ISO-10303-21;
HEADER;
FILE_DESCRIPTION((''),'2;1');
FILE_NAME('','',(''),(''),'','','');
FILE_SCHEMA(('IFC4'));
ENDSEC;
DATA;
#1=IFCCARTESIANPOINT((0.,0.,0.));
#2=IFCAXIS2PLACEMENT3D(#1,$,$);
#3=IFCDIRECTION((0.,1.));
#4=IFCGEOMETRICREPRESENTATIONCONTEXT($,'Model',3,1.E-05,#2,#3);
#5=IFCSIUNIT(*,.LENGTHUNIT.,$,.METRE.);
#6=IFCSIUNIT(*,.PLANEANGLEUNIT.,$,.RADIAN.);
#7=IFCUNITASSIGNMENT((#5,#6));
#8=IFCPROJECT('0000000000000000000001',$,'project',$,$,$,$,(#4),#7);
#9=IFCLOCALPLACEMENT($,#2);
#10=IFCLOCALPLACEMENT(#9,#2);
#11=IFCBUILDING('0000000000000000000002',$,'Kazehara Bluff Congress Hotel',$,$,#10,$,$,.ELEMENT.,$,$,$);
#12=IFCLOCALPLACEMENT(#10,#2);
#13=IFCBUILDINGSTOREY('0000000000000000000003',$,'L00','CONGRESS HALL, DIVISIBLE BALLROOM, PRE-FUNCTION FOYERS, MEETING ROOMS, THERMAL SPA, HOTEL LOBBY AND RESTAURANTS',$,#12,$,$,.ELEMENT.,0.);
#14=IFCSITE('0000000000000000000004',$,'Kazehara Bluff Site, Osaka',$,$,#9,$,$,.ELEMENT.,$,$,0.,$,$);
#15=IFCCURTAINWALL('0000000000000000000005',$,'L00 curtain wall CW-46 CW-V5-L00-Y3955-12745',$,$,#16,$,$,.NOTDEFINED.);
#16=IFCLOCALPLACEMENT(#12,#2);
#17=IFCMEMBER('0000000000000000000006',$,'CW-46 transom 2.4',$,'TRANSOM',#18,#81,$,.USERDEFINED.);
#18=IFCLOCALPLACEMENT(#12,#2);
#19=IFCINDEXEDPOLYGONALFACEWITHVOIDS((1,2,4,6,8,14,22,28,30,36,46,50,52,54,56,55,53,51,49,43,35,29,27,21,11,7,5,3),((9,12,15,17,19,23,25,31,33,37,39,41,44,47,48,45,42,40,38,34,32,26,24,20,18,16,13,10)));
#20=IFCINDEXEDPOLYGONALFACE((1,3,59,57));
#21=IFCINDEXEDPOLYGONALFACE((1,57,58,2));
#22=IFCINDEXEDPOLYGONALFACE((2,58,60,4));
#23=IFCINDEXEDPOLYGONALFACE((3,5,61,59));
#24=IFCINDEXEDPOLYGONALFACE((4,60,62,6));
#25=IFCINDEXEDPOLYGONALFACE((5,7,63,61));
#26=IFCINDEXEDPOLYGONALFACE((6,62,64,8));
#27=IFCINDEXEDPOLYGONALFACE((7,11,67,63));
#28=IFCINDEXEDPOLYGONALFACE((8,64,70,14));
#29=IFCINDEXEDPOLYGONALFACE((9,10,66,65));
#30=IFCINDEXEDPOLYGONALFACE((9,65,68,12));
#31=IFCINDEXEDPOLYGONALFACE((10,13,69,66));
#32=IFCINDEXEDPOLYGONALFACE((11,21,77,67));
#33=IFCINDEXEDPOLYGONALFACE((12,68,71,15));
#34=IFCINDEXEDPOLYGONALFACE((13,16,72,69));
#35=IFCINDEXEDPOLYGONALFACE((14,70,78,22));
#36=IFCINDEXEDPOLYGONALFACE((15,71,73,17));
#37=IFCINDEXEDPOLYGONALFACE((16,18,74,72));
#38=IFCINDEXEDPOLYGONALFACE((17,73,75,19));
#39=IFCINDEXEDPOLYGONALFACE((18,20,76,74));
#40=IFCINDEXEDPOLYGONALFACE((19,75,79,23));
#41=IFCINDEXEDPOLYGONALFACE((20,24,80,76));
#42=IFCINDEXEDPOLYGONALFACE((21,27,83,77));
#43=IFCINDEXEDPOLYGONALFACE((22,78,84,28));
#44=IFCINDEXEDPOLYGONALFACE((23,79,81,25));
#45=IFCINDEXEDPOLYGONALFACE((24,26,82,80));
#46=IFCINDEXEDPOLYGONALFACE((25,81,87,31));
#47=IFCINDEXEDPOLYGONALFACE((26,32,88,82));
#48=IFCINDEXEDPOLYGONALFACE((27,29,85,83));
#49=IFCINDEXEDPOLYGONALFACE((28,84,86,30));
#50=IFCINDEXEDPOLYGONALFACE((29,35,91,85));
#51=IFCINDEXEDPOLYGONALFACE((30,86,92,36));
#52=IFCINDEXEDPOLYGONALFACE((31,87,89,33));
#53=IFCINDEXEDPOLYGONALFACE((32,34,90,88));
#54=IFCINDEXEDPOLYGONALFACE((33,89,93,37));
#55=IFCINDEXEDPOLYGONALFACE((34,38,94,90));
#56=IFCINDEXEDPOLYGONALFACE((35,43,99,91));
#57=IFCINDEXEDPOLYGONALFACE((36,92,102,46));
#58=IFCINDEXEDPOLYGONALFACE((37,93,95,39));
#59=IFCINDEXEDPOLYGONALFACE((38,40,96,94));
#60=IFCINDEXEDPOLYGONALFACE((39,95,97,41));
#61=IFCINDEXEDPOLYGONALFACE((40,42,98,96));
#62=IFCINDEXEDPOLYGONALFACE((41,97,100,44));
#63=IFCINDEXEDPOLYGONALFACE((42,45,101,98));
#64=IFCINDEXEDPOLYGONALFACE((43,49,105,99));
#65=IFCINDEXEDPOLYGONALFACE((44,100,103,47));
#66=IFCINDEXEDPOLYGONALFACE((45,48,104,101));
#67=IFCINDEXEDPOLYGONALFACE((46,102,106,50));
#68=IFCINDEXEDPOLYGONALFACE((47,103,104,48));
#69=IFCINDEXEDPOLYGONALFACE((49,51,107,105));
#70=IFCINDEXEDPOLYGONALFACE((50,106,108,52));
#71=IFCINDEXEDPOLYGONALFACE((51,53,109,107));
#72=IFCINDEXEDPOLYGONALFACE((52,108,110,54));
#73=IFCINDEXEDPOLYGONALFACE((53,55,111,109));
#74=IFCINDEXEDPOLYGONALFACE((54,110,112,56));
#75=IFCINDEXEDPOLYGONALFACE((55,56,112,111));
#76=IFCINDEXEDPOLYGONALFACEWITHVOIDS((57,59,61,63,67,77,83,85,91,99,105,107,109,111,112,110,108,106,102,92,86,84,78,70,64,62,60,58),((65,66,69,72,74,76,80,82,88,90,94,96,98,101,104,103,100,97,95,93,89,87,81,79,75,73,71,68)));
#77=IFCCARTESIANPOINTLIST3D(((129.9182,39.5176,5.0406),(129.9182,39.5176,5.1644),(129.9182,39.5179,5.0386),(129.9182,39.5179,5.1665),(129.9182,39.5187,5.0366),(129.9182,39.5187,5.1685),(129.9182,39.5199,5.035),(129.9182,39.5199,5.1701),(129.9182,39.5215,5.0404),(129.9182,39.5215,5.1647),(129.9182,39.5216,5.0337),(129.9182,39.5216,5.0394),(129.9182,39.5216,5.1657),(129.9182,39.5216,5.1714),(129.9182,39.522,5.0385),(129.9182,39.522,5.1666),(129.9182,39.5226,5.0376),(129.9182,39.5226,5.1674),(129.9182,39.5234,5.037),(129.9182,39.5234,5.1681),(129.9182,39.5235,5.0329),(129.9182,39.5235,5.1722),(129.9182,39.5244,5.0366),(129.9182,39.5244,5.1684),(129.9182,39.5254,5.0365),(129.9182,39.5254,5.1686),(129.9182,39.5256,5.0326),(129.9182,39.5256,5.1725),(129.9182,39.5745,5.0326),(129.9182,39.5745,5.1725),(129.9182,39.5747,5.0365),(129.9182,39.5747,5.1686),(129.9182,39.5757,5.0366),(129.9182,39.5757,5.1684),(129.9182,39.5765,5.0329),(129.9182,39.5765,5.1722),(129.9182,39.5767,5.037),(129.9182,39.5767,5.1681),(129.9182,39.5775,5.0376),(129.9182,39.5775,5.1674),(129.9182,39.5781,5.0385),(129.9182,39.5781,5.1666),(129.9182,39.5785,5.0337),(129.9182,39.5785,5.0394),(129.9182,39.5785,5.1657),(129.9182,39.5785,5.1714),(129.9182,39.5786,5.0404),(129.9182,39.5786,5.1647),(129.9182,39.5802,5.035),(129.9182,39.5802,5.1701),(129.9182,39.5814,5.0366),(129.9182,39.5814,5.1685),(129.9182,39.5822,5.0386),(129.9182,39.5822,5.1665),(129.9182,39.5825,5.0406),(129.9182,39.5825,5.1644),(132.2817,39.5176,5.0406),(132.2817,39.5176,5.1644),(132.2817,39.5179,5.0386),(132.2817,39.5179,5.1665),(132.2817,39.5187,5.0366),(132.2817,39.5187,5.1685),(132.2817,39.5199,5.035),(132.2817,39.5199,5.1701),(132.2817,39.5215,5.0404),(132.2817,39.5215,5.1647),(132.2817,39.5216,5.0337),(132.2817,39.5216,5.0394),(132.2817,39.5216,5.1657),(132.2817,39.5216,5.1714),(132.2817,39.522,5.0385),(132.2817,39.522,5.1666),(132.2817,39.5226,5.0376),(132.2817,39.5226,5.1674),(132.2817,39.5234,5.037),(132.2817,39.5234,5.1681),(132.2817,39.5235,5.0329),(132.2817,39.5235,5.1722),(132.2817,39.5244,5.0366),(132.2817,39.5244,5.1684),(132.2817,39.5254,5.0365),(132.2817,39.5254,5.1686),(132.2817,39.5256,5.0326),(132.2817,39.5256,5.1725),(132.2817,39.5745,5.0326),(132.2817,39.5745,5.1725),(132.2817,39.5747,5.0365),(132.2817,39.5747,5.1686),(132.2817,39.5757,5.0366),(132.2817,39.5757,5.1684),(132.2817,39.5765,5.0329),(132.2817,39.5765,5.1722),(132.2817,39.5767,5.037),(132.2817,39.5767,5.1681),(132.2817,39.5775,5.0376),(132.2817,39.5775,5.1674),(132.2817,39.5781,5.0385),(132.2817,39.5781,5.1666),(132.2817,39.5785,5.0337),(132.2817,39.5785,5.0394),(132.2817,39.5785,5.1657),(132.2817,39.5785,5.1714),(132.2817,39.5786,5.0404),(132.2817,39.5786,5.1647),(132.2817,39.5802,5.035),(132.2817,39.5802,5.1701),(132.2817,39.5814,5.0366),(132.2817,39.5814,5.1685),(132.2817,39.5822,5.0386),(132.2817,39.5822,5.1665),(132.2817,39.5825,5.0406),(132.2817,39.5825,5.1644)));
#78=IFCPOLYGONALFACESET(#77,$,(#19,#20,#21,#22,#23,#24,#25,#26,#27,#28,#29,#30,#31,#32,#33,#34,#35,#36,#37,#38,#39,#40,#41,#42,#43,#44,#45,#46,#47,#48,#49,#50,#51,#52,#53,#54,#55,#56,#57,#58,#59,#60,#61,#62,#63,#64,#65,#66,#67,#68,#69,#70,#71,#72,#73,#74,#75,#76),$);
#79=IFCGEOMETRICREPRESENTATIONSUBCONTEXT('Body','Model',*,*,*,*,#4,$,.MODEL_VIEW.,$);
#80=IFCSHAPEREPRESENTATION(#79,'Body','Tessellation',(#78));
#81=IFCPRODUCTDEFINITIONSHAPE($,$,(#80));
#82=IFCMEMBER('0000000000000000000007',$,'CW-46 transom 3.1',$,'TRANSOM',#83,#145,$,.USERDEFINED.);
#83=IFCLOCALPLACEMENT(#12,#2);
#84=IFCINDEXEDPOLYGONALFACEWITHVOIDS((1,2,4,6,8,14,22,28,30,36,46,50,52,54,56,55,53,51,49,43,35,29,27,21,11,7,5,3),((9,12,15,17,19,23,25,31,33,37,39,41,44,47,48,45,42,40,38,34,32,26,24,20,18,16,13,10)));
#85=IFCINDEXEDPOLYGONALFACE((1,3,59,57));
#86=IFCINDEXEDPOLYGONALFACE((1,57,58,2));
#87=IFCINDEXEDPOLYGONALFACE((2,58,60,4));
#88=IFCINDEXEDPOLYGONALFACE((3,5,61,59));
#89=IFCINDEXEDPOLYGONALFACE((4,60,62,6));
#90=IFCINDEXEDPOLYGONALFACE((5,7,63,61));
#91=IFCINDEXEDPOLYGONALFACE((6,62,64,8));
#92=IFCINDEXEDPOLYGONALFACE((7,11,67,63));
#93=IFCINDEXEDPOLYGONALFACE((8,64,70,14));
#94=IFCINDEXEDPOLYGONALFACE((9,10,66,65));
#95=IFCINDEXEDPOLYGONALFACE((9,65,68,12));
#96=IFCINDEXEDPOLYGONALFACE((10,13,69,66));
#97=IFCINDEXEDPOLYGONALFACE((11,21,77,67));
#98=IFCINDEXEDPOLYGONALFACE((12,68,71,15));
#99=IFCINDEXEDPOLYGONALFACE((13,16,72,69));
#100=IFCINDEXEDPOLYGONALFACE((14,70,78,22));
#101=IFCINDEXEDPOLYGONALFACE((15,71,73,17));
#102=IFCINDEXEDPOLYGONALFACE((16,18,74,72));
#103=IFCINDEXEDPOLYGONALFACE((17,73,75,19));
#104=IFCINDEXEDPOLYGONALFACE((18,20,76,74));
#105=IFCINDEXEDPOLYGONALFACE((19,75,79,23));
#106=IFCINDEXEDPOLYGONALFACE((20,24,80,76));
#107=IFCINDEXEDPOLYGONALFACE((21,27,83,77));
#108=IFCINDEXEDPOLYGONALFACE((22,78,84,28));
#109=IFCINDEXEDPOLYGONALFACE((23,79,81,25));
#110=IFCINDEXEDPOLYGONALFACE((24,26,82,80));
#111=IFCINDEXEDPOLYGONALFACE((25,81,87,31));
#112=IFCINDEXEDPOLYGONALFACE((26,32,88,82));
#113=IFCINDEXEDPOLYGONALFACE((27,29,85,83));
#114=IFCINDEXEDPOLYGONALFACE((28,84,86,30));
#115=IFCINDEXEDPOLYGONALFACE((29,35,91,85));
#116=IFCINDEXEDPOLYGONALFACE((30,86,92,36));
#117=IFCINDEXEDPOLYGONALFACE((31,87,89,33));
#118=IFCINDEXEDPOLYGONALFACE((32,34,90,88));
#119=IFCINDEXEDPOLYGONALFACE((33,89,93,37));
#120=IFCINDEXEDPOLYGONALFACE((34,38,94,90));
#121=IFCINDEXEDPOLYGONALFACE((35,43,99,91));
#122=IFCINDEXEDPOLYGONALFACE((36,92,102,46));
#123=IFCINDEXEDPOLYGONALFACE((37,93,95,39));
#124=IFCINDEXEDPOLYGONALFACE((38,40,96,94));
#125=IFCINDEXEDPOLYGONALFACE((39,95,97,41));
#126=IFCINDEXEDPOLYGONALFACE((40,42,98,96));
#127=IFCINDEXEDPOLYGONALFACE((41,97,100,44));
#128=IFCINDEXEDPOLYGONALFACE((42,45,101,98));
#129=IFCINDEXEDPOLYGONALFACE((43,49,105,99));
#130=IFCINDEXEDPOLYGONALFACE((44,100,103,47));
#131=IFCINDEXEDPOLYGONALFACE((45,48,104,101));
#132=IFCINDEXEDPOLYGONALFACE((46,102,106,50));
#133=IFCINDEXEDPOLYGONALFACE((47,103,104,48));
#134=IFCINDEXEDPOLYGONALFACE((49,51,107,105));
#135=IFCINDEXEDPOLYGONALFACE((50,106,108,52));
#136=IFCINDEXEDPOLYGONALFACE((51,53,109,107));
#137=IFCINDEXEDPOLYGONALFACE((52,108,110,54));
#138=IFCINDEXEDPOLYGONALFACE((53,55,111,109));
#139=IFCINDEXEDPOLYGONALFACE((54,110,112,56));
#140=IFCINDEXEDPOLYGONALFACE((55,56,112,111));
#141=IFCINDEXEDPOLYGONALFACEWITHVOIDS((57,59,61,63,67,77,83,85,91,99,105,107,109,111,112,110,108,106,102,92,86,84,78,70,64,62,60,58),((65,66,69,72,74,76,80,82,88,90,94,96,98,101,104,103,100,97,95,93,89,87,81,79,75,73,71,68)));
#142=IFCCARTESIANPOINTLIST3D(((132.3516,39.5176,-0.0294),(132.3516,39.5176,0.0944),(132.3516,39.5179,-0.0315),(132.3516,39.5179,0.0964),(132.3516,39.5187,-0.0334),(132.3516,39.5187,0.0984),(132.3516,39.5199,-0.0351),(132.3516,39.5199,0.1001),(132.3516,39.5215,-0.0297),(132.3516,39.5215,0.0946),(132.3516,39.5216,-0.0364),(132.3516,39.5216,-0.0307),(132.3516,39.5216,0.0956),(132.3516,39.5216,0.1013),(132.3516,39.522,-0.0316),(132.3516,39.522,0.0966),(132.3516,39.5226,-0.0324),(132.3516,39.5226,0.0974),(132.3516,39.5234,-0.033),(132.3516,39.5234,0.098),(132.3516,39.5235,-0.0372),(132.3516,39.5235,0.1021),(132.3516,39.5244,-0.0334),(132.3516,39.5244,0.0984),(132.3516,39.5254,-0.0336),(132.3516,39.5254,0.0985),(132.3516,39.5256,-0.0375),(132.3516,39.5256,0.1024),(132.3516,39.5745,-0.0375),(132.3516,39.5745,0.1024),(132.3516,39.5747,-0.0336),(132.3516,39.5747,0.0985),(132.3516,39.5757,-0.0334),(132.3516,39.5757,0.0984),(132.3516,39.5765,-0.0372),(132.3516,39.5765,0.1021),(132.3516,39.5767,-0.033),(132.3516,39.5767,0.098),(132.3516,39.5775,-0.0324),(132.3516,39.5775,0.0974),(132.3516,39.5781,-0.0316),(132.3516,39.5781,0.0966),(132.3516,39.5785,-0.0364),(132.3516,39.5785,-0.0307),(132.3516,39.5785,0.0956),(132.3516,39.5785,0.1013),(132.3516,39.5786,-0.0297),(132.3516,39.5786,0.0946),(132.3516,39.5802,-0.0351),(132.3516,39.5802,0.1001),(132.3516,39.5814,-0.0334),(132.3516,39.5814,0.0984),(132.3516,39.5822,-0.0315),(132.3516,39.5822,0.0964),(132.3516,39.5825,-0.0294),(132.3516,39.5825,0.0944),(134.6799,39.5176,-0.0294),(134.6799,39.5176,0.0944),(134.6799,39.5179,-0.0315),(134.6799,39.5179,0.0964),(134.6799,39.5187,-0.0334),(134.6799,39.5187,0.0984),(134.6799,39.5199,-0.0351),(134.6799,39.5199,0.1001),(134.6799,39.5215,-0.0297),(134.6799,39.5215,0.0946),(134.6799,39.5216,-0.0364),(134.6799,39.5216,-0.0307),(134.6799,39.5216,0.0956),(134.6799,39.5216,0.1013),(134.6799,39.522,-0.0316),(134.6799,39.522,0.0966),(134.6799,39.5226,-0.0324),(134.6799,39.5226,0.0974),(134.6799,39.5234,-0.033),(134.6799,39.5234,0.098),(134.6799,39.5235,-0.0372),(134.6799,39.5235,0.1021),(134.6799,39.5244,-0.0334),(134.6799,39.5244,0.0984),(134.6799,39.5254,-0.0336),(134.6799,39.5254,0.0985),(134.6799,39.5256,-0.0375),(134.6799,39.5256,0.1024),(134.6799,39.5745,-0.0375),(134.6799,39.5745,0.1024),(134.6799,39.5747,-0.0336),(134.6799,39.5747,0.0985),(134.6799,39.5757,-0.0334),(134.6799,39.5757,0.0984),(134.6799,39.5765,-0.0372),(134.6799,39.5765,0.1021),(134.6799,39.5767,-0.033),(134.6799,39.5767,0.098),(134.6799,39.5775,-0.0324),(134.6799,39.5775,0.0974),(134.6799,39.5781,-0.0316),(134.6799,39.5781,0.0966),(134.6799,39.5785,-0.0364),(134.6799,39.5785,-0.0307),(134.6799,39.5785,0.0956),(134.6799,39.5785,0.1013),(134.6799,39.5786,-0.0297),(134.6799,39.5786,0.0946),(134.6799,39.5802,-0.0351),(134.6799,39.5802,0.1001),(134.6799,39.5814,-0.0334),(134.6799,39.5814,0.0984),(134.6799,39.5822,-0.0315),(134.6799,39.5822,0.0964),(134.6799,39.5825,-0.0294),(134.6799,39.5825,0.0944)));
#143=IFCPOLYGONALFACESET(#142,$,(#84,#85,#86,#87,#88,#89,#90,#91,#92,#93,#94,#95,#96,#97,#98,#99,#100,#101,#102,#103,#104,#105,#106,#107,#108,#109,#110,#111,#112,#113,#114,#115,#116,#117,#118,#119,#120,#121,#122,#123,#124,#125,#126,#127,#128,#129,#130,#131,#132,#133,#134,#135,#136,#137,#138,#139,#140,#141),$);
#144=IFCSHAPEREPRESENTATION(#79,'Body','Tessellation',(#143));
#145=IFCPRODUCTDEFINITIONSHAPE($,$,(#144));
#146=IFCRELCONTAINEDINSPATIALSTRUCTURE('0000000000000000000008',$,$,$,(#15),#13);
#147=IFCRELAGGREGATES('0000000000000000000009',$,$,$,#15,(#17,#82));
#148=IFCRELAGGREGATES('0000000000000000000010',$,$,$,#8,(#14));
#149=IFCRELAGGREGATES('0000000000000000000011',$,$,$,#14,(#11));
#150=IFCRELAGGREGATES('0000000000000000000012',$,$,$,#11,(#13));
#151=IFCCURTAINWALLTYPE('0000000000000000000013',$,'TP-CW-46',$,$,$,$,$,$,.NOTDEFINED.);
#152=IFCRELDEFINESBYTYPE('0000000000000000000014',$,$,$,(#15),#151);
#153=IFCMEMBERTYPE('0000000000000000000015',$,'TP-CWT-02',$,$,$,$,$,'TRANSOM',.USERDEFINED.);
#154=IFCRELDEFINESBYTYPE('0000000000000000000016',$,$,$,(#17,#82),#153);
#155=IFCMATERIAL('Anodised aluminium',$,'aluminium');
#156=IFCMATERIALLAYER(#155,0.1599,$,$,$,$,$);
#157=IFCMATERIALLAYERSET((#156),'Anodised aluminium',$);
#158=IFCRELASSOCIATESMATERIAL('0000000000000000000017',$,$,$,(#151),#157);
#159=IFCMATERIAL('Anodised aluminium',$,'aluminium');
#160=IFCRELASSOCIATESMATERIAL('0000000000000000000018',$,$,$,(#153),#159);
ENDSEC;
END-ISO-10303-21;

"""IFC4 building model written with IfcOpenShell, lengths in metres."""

from ifc_helpers import new_model, si_unit, direction, frame, origin, origin_2d, place, context, subcontext, project, spatial, hollow_rectangle, extrude, material, layer, layer_set, material_profile, profile_set, type_object, element, aggregate, save


model = new_model("IFC4")

# Units and contexts
model_context = context("Model", 3, precision=1e-05, world=origin(), true_north=direction((0.0, 1.0)))
body_context = subcontext(model_context, "Body", "Model", "MODEL_VIEW")
ifc_project = project(units=[si_unit("LENGTHUNIT", "METRE"), si_unit("PLANEANGLEUNIT", "RADIAN")], contexts=[model_context])

# Site, building, storey
site_placement = place(None, origin())
site = spatial("IfcSite", under=ifc_project, at=site_placement, Name="Kazehara Bluff Site, Osaka", CompositionType="ELEMENT", RefElevation=0.0)
building_placement = place(site_placement, origin())
building = spatial("IfcBuilding", under=site, at=building_placement, Name="Kazehara Bluff Congress Hotel", CompositionType="ELEMENT")
storey_placement = place(building_placement, origin())
storey = spatial("IfcBuildingStorey", under=building, at=storey_placement, Name="L00", Description="CONGRESS HALL, DIVISIBLE BALLROOM, PRE-FUNCTION FOYERS, MEETING ROOMS, THERMAL SPA, HOTEL LOBBY AND RESTAURANTS", CompositionType="ELEMENT", Elevation=0.0)

# Shared definitions
ifc_material_1 = material(Name="Anodised aluminium", Category="aluminium")
ifc_layer_1 = layer(ifc_material_1, 0.1599)
ifc_layer_set_1 = layer_set([ifc_layer_1], Name="Anodised aluminium")
curtain_wall_type = type_object("IfcCurtainWallType", Name="TP-CW-46", PredefinedType="NOTDEFINED", material=ifc_layer_set_1)

# Curtain wall, members
curtain_wall_1_placement = place(storey_placement, origin())
curtain_wall_1 = element("IfcCurtainWall", 1, at=curtain_wall_1_placement, inside=storey, type_object=curtain_wall_type, Name="L00 curtain wall CW-46 CW-V5-L00-Y3955-12745", PredefinedType="NOTDEFINED")
ifc_material_2 = material(Name="Anodised aluminium", Category="aluminium")
ifc_material_profile_1 = material_profile(ifc_material_2, hollow_rectangle(XDim=0.0649, YDim=0.1399, WallThickness=0.0039, InnerFilletRadius=0.0039, OuterFilletRadius=0.0081, at=origin_2d()))
ifc_profile_set_1 = profile_set([ifc_material_profile_1], Name="Anodised aluminium")
member_type_1 = type_object("IfcMemberType", Name="TP-CWT-02", ElementType="TRANSOM", PredefinedType="USERDEFINED", material=ifc_profile_set_1)
member_1_placement = place(storey_placement, frame((129.9182, 39.55, 5.1025), z_axis=(1.0, 0.0, 0.0), x_axis=(0.0, 1.0, 0.0)))
member_1 = element("IfcMember", 2, at=member_1_placement, type_object=member_type_1, Name="CW-46 transom 2.4", ObjectType="TRANSOM", PredefinedType="USERDEFINED", context=body_context, shape_type="SweptSolid", body=[
    extrude(hollow_rectangle(XDim=0.0649, YDim=0.1399, WallThickness=0.0039, InnerFilletRadius=0.0039, OuterFilletRadius=0.0081, at=origin_2d()), origin(), (0.0, 0.0, 1.0), 2.3635),
])
member_2_placement = place(storey_placement, frame((132.3516, 39.55, 0.0325), z_axis=(1.0, 0.0, 0.0), x_axis=(0.0, 1.0, 0.0)))
member_2 = element("IfcMember", 3, at=member_2_placement, type_object=member_type_1, Name="CW-46 transom 3.1", ObjectType="TRANSOM", PredefinedType="USERDEFINED", context=body_context, shape_type="SweptSolid", body=[
    extrude(hollow_rectangle(XDim=0.0649, YDim=0.1399, WallThickness=0.0039, InnerFilletRadius=0.0039, OuterFilletRadius=0.0081, at=origin_2d()), origin(), (0.0, 0.0, 1.0), 2.3284),
])

aggregate(curtain_wall_1, [member_1, member_2])

save(model, "model.ifc")
